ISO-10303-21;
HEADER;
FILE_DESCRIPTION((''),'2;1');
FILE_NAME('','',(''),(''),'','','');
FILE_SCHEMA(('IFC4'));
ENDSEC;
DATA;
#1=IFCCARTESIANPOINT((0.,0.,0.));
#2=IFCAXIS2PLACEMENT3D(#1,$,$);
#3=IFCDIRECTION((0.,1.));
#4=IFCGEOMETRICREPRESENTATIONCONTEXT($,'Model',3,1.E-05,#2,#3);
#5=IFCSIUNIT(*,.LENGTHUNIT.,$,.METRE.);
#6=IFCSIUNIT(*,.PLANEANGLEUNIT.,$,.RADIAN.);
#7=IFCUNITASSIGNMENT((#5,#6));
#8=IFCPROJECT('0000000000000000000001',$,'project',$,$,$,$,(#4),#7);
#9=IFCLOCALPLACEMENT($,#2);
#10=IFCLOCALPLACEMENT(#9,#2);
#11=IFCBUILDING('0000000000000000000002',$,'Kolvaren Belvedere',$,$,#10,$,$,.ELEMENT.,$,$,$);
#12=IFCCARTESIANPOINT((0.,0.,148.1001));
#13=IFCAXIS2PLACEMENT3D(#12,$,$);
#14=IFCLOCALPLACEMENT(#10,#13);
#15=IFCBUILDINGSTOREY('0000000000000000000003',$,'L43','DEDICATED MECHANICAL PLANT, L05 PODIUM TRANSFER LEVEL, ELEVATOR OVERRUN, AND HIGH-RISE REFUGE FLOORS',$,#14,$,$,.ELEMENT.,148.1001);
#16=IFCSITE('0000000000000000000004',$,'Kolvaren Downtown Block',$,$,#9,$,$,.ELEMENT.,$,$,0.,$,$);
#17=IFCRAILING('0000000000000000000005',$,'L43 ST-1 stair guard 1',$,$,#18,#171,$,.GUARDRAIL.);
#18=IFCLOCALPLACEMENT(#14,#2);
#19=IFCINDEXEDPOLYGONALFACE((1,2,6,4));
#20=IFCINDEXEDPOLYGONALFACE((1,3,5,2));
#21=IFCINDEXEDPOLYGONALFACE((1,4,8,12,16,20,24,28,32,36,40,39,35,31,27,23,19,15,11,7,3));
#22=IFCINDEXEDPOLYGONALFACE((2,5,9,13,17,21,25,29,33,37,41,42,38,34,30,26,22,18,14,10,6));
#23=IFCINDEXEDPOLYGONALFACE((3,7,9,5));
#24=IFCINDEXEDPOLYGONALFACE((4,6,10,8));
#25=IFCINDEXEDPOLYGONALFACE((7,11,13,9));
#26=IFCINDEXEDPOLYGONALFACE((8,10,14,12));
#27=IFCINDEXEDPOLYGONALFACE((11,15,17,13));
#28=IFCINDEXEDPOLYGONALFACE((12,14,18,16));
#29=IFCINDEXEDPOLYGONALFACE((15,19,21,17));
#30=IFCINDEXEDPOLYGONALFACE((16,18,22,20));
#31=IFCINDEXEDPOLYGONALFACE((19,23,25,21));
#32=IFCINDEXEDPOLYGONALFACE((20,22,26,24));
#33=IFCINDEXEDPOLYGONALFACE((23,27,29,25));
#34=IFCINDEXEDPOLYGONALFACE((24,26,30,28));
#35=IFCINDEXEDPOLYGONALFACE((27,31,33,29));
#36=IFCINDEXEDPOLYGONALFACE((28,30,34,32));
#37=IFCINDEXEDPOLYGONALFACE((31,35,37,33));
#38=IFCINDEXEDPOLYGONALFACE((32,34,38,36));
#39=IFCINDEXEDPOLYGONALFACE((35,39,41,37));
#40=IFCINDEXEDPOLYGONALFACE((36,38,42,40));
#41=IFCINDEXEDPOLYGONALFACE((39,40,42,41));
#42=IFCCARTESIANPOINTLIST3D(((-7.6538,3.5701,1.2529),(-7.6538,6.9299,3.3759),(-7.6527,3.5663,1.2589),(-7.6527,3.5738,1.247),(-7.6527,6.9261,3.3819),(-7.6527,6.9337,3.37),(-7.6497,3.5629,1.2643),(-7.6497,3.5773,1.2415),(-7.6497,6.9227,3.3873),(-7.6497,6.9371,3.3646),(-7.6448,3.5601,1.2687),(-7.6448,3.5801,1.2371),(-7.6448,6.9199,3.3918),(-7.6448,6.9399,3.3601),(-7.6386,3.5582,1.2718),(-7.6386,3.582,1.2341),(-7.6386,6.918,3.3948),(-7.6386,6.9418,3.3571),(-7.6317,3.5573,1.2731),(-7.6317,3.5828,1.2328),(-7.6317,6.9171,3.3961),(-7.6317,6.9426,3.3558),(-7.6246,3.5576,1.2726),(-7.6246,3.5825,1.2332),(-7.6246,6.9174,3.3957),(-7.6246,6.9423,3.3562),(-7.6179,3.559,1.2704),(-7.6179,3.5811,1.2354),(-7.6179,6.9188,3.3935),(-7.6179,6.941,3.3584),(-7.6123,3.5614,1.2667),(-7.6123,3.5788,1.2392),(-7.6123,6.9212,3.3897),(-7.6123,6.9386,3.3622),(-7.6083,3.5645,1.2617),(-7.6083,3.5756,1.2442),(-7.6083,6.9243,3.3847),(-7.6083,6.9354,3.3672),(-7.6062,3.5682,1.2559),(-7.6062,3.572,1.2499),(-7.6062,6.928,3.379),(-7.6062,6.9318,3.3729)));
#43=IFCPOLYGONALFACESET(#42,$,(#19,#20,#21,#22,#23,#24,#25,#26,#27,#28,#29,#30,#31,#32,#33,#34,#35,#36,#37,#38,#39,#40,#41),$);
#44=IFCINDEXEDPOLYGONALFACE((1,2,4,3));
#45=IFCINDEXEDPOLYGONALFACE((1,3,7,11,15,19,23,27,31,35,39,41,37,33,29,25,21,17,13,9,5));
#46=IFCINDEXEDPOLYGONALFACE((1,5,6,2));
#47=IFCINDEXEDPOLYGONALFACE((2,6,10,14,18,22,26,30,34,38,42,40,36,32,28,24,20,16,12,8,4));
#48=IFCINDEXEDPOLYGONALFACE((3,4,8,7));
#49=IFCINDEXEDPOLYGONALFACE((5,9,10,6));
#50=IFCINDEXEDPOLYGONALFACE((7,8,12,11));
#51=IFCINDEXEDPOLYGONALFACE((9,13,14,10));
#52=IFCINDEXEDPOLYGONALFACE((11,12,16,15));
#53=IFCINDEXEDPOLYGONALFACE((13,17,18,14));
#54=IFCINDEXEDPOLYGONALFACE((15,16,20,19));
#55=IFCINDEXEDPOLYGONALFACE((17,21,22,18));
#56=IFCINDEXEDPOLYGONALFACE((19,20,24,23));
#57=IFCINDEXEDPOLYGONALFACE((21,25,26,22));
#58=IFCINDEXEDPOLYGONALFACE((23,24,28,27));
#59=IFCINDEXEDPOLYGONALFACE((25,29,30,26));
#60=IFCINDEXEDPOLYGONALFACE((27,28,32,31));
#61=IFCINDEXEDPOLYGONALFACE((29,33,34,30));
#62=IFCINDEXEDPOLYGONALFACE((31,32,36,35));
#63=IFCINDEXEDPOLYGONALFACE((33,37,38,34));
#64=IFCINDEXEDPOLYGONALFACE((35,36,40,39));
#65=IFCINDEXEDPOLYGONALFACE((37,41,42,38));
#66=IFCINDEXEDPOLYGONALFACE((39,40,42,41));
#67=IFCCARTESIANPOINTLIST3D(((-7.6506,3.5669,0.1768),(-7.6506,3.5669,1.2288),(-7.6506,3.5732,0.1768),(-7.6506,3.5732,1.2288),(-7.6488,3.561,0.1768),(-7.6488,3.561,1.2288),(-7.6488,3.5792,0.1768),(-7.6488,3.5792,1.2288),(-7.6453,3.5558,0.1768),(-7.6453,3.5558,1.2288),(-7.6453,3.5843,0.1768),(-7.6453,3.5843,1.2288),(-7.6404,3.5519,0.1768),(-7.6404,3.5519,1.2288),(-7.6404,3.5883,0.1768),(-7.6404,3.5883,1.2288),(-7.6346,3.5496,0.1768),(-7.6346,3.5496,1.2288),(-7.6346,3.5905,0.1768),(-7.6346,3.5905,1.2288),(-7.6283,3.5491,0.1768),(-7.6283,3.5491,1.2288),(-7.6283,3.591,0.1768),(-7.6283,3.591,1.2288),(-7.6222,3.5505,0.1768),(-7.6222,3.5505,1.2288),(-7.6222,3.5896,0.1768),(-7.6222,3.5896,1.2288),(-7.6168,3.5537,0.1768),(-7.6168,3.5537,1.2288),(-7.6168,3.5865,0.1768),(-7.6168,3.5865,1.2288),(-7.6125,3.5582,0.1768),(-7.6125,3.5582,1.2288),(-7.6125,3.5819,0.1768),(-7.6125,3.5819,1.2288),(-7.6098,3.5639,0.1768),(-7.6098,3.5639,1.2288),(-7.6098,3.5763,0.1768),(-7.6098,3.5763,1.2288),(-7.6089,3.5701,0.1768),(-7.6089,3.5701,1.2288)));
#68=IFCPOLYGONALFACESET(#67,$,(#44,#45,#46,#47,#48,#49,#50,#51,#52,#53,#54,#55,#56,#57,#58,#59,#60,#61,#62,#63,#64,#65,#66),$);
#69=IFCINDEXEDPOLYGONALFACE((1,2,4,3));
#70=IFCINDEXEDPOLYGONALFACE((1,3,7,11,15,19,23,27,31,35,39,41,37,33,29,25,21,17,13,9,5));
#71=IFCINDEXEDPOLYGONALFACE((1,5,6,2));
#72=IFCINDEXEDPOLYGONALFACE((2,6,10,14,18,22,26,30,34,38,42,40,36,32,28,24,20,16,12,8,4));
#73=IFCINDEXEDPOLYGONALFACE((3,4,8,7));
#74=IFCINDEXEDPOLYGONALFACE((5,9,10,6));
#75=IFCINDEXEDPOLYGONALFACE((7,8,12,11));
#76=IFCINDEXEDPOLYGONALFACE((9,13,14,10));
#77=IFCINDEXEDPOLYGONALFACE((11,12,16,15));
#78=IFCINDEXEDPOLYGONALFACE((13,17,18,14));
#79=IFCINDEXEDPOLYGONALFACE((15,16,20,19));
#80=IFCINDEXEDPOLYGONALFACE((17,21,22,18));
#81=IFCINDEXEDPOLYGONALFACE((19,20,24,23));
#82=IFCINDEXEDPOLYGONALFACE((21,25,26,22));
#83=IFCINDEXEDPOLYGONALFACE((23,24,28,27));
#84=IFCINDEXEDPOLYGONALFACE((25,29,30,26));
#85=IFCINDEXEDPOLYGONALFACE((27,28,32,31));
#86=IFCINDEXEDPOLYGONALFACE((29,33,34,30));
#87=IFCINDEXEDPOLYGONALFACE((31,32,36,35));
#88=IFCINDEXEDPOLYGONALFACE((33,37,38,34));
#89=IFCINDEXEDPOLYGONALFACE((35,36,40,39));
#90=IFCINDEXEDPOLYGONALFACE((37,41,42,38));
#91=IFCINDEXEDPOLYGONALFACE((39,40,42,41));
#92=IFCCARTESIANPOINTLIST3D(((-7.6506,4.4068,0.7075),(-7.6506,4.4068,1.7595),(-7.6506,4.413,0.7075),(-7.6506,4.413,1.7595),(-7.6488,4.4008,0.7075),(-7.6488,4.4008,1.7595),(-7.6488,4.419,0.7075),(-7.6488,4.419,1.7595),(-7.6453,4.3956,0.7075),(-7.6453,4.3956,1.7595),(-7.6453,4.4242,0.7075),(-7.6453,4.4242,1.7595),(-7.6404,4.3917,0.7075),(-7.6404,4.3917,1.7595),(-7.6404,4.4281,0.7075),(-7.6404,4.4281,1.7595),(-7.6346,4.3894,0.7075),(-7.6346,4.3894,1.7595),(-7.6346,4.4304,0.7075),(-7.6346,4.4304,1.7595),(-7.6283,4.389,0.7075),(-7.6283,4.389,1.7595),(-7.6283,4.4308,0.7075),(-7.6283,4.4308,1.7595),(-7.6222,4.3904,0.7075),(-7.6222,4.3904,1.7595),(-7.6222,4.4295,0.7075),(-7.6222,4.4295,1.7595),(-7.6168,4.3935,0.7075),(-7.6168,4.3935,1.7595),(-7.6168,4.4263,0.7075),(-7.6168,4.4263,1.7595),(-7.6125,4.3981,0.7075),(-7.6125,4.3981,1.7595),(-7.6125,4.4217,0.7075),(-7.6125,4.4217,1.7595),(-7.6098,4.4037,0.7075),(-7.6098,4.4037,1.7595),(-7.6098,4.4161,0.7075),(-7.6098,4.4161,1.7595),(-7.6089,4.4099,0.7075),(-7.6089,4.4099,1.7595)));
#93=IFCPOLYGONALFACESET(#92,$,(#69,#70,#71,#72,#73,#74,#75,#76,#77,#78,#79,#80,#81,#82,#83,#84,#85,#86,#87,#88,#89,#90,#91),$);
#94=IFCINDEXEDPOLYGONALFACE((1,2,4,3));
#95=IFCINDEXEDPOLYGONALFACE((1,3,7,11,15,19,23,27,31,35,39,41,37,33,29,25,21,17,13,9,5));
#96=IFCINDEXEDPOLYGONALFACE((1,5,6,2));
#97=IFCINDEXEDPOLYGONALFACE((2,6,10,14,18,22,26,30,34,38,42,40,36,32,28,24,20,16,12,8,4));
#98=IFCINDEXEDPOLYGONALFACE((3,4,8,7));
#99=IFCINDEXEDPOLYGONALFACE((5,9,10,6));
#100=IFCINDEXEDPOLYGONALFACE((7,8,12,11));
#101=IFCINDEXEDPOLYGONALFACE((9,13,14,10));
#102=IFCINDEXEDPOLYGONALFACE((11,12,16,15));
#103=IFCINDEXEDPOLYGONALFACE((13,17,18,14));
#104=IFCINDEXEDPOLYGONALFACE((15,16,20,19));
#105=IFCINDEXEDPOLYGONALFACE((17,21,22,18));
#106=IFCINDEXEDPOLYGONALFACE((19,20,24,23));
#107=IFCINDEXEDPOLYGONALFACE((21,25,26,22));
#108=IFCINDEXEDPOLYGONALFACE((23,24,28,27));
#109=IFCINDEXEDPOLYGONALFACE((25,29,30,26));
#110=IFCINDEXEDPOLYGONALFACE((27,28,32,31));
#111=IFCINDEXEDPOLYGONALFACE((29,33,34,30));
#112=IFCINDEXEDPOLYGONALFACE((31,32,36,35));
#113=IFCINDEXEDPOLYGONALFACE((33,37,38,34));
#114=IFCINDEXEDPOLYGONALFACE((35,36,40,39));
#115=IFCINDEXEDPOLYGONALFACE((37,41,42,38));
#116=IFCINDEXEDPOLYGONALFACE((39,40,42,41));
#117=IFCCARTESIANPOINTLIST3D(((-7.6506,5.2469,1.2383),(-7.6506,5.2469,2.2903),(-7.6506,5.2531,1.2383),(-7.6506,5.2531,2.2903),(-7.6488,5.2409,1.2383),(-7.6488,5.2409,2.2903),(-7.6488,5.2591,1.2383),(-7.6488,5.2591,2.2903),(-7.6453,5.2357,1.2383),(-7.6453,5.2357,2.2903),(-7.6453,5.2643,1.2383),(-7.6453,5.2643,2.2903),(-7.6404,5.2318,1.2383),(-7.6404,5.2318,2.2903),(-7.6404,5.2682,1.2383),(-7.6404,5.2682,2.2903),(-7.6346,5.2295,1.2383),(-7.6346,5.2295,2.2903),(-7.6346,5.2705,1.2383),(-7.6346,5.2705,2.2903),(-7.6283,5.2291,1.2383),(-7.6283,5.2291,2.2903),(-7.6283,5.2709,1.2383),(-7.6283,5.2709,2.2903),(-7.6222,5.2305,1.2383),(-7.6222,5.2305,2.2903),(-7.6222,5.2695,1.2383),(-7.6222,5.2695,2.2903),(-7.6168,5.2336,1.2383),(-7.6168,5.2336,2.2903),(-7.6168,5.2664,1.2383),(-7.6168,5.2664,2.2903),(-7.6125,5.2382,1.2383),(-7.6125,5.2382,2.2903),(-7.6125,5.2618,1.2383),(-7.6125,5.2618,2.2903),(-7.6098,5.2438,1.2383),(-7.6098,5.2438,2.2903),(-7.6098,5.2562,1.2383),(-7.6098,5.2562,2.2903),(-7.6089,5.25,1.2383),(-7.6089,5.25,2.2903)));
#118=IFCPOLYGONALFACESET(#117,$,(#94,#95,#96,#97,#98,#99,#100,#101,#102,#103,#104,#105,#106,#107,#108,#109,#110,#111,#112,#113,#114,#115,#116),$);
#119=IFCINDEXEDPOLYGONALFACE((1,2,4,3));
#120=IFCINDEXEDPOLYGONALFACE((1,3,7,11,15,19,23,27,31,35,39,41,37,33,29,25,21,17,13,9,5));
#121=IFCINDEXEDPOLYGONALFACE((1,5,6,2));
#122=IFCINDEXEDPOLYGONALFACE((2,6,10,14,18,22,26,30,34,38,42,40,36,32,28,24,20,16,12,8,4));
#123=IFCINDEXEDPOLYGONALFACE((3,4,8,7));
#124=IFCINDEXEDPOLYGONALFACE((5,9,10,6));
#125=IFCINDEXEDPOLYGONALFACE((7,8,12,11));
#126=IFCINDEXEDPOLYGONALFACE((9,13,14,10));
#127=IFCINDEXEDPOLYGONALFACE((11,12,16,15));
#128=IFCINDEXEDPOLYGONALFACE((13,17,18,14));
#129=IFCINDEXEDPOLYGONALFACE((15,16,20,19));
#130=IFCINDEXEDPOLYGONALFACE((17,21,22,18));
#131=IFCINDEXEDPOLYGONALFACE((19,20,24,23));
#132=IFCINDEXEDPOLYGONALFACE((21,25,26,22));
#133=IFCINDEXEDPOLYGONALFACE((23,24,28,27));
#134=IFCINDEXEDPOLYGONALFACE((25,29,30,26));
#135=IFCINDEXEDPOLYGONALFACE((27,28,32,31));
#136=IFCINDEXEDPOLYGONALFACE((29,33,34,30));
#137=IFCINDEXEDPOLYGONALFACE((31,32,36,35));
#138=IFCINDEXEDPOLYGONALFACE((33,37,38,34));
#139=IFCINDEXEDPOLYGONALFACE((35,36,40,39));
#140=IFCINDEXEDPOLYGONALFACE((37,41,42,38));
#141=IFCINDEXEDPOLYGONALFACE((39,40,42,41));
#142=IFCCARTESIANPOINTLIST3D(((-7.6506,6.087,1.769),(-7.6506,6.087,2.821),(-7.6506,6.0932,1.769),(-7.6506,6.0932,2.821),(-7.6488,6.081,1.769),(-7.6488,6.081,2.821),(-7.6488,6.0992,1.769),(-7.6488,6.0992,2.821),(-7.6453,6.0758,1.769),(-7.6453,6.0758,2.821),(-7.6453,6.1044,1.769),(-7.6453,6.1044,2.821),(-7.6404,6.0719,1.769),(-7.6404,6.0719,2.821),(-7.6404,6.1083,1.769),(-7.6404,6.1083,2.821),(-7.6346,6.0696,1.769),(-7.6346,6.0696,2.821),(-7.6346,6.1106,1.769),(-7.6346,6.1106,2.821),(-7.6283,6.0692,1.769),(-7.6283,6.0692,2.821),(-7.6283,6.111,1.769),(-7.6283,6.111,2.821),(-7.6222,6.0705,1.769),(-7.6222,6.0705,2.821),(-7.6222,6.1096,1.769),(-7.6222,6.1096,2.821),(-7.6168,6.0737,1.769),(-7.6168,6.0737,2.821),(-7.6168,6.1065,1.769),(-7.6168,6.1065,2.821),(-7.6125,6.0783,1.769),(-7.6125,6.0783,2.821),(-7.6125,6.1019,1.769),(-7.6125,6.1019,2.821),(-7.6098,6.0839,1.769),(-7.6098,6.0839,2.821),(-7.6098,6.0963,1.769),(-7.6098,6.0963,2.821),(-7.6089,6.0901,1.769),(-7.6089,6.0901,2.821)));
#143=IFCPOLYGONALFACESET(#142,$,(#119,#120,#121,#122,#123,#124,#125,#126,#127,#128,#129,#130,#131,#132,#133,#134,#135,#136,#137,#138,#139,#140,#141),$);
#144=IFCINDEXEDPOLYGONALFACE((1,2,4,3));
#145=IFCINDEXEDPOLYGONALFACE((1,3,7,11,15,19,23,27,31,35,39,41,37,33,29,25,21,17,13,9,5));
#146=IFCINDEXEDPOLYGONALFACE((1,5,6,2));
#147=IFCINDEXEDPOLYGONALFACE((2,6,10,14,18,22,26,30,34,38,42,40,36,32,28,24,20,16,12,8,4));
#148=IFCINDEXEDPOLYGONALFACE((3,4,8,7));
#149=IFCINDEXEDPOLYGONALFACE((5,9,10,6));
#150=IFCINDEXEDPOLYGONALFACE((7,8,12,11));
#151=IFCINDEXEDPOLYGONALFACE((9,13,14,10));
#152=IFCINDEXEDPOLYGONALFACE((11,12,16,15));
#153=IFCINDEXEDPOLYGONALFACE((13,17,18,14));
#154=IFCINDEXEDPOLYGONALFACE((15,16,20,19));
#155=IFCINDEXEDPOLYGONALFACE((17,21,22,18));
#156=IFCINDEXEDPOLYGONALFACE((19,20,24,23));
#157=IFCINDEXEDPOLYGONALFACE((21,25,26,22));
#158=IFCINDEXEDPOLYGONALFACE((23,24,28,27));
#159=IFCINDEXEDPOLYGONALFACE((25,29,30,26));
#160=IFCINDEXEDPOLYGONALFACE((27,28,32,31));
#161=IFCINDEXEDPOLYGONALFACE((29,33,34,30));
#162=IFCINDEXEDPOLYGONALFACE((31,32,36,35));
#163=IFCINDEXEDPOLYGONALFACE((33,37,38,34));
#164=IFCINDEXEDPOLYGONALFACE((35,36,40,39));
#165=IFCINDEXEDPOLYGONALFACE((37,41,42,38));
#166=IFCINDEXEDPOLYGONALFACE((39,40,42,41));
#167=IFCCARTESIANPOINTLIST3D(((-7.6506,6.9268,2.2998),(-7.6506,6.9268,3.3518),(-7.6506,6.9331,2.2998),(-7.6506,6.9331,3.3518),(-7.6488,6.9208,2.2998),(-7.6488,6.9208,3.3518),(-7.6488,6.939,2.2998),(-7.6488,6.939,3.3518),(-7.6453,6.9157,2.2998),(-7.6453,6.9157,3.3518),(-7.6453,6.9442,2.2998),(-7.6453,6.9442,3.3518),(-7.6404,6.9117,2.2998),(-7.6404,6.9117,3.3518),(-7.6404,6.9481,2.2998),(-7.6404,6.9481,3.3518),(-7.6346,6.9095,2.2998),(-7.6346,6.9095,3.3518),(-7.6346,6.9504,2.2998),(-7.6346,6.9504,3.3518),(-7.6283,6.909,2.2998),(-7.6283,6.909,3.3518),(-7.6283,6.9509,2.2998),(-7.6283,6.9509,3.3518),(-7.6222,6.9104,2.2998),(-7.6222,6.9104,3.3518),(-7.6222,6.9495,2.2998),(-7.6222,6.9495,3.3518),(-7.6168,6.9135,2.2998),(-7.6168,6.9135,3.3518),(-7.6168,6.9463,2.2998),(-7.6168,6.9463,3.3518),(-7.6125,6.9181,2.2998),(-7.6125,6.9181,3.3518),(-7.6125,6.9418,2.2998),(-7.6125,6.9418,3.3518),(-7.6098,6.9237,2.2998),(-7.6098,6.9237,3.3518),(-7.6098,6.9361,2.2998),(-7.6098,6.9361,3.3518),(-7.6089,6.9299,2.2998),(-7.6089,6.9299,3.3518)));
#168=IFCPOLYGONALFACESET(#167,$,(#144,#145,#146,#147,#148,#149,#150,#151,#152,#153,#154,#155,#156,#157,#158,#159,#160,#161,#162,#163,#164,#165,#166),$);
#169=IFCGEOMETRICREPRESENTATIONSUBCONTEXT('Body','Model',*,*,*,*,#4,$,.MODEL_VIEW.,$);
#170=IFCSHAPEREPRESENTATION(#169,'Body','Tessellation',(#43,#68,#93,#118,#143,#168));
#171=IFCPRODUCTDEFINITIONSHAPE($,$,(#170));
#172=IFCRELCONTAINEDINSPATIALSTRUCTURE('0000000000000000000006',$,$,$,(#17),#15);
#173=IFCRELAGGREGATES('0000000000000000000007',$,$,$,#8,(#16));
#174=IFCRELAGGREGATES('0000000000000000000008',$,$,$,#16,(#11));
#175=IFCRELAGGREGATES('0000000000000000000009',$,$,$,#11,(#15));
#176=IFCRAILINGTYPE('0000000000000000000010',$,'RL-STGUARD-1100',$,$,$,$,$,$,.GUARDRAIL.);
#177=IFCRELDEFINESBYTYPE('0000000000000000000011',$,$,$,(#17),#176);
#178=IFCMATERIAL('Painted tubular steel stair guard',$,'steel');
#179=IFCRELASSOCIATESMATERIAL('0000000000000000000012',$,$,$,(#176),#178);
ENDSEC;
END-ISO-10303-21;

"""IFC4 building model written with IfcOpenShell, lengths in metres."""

from ifc_helpers import new_model, si_unit, direction, frame, origin, origin_2d, place, context, subcontext, project, spatial, circle, extrude, material, type_object, element, save


model = new_model("IFC4")

# Units and contexts
model_context = context("Model", 3, precision=1e-05, world=origin(), true_north=direction((0.0, 1.0)))
body_context = subcontext(model_context, "Body", "Model", "MODEL_VIEW")
ifc_project = project(units=[si_unit("LENGTHUNIT", "METRE"), si_unit("PLANEANGLEUNIT", "RADIAN")], contexts=[model_context])

# Site, building, storey
site_placement = place(None, origin())
site = spatial("IfcSite", under=ifc_project, at=site_placement, Name="Kolvaren Downtown Block", CompositionType="ELEMENT", RefElevation=0.0)
building_placement = place(site_placement, origin())
building = spatial("IfcBuilding", under=site, at=building_placement, Name="Kolvaren Belvedere", CompositionType="ELEMENT")
storey_placement = place(building_placement, frame((0.0, 0.0, 148.1001)))
storey = spatial("IfcBuildingStorey", under=building, at=storey_placement, Name="L43", Description="DEDICATED MECHANICAL PLANT, L05 PODIUM TRANSFER LEVEL, ELEVATOR OVERRUN, AND HIGH-RISE REFUGE FLOORS", CompositionType="ELEMENT", Elevation=148.1001)

# Railing
ifc_material_1 = material(Name="Painted tubular steel stair guard", Category="steel")
railing_type_1 = type_object("IfcRailingType", Name="RL-STGUARD-1100", PredefinedType="GUARDRAIL", material=ifc_material_1)
railing_1_placement = place(storey_placement, frame((-7.6299, 3.5701, 0.1768)))
element("IfcRailing", 1, at=railing_1_placement, inside=storey, type_object=railing_type_1, Name="L43 ST-1 stair guard 1", PredefinedType="GUARDRAIL", context=body_context, shape_type="SweptSolid", body=[
    extrude(circle(Radius=0.0239, at=origin_2d()), frame((0.0, 0.0, 1.0762), z_axis=(0.0, 0.845372, 0.534178), x_axis=(-1.0, 0.0, 0.0)), (0.0, 0.0, 1.0), 3.9744),
    extrude(circle(Radius=0.021, at=origin_2d()), origin(), (0.0, 0.0, 1.0), 1.052),
    extrude(circle(Radius=0.021, at=origin_2d()), frame((0.0, 0.8398, 0.5308)), (0.0, 0.0, 1.0), 1.052),
    extrude(circle(Radius=0.021, at=origin_2d()), frame((0.0, 1.6799, 1.0615)), (0.0, 0.0, 1.0), 1.052),
    extrude(circle(Radius=0.021, at=origin_2d()), frame((0.0, 2.52, 1.5923)), (0.0, 0.0, 1.0), 1.052),
    extrude(circle(Radius=0.021, at=origin_2d()), frame((0.0, 3.3599, 2.123)), (0.0, 0.0, 1.0), 1.052),
])

save(model, "model.ifc")
